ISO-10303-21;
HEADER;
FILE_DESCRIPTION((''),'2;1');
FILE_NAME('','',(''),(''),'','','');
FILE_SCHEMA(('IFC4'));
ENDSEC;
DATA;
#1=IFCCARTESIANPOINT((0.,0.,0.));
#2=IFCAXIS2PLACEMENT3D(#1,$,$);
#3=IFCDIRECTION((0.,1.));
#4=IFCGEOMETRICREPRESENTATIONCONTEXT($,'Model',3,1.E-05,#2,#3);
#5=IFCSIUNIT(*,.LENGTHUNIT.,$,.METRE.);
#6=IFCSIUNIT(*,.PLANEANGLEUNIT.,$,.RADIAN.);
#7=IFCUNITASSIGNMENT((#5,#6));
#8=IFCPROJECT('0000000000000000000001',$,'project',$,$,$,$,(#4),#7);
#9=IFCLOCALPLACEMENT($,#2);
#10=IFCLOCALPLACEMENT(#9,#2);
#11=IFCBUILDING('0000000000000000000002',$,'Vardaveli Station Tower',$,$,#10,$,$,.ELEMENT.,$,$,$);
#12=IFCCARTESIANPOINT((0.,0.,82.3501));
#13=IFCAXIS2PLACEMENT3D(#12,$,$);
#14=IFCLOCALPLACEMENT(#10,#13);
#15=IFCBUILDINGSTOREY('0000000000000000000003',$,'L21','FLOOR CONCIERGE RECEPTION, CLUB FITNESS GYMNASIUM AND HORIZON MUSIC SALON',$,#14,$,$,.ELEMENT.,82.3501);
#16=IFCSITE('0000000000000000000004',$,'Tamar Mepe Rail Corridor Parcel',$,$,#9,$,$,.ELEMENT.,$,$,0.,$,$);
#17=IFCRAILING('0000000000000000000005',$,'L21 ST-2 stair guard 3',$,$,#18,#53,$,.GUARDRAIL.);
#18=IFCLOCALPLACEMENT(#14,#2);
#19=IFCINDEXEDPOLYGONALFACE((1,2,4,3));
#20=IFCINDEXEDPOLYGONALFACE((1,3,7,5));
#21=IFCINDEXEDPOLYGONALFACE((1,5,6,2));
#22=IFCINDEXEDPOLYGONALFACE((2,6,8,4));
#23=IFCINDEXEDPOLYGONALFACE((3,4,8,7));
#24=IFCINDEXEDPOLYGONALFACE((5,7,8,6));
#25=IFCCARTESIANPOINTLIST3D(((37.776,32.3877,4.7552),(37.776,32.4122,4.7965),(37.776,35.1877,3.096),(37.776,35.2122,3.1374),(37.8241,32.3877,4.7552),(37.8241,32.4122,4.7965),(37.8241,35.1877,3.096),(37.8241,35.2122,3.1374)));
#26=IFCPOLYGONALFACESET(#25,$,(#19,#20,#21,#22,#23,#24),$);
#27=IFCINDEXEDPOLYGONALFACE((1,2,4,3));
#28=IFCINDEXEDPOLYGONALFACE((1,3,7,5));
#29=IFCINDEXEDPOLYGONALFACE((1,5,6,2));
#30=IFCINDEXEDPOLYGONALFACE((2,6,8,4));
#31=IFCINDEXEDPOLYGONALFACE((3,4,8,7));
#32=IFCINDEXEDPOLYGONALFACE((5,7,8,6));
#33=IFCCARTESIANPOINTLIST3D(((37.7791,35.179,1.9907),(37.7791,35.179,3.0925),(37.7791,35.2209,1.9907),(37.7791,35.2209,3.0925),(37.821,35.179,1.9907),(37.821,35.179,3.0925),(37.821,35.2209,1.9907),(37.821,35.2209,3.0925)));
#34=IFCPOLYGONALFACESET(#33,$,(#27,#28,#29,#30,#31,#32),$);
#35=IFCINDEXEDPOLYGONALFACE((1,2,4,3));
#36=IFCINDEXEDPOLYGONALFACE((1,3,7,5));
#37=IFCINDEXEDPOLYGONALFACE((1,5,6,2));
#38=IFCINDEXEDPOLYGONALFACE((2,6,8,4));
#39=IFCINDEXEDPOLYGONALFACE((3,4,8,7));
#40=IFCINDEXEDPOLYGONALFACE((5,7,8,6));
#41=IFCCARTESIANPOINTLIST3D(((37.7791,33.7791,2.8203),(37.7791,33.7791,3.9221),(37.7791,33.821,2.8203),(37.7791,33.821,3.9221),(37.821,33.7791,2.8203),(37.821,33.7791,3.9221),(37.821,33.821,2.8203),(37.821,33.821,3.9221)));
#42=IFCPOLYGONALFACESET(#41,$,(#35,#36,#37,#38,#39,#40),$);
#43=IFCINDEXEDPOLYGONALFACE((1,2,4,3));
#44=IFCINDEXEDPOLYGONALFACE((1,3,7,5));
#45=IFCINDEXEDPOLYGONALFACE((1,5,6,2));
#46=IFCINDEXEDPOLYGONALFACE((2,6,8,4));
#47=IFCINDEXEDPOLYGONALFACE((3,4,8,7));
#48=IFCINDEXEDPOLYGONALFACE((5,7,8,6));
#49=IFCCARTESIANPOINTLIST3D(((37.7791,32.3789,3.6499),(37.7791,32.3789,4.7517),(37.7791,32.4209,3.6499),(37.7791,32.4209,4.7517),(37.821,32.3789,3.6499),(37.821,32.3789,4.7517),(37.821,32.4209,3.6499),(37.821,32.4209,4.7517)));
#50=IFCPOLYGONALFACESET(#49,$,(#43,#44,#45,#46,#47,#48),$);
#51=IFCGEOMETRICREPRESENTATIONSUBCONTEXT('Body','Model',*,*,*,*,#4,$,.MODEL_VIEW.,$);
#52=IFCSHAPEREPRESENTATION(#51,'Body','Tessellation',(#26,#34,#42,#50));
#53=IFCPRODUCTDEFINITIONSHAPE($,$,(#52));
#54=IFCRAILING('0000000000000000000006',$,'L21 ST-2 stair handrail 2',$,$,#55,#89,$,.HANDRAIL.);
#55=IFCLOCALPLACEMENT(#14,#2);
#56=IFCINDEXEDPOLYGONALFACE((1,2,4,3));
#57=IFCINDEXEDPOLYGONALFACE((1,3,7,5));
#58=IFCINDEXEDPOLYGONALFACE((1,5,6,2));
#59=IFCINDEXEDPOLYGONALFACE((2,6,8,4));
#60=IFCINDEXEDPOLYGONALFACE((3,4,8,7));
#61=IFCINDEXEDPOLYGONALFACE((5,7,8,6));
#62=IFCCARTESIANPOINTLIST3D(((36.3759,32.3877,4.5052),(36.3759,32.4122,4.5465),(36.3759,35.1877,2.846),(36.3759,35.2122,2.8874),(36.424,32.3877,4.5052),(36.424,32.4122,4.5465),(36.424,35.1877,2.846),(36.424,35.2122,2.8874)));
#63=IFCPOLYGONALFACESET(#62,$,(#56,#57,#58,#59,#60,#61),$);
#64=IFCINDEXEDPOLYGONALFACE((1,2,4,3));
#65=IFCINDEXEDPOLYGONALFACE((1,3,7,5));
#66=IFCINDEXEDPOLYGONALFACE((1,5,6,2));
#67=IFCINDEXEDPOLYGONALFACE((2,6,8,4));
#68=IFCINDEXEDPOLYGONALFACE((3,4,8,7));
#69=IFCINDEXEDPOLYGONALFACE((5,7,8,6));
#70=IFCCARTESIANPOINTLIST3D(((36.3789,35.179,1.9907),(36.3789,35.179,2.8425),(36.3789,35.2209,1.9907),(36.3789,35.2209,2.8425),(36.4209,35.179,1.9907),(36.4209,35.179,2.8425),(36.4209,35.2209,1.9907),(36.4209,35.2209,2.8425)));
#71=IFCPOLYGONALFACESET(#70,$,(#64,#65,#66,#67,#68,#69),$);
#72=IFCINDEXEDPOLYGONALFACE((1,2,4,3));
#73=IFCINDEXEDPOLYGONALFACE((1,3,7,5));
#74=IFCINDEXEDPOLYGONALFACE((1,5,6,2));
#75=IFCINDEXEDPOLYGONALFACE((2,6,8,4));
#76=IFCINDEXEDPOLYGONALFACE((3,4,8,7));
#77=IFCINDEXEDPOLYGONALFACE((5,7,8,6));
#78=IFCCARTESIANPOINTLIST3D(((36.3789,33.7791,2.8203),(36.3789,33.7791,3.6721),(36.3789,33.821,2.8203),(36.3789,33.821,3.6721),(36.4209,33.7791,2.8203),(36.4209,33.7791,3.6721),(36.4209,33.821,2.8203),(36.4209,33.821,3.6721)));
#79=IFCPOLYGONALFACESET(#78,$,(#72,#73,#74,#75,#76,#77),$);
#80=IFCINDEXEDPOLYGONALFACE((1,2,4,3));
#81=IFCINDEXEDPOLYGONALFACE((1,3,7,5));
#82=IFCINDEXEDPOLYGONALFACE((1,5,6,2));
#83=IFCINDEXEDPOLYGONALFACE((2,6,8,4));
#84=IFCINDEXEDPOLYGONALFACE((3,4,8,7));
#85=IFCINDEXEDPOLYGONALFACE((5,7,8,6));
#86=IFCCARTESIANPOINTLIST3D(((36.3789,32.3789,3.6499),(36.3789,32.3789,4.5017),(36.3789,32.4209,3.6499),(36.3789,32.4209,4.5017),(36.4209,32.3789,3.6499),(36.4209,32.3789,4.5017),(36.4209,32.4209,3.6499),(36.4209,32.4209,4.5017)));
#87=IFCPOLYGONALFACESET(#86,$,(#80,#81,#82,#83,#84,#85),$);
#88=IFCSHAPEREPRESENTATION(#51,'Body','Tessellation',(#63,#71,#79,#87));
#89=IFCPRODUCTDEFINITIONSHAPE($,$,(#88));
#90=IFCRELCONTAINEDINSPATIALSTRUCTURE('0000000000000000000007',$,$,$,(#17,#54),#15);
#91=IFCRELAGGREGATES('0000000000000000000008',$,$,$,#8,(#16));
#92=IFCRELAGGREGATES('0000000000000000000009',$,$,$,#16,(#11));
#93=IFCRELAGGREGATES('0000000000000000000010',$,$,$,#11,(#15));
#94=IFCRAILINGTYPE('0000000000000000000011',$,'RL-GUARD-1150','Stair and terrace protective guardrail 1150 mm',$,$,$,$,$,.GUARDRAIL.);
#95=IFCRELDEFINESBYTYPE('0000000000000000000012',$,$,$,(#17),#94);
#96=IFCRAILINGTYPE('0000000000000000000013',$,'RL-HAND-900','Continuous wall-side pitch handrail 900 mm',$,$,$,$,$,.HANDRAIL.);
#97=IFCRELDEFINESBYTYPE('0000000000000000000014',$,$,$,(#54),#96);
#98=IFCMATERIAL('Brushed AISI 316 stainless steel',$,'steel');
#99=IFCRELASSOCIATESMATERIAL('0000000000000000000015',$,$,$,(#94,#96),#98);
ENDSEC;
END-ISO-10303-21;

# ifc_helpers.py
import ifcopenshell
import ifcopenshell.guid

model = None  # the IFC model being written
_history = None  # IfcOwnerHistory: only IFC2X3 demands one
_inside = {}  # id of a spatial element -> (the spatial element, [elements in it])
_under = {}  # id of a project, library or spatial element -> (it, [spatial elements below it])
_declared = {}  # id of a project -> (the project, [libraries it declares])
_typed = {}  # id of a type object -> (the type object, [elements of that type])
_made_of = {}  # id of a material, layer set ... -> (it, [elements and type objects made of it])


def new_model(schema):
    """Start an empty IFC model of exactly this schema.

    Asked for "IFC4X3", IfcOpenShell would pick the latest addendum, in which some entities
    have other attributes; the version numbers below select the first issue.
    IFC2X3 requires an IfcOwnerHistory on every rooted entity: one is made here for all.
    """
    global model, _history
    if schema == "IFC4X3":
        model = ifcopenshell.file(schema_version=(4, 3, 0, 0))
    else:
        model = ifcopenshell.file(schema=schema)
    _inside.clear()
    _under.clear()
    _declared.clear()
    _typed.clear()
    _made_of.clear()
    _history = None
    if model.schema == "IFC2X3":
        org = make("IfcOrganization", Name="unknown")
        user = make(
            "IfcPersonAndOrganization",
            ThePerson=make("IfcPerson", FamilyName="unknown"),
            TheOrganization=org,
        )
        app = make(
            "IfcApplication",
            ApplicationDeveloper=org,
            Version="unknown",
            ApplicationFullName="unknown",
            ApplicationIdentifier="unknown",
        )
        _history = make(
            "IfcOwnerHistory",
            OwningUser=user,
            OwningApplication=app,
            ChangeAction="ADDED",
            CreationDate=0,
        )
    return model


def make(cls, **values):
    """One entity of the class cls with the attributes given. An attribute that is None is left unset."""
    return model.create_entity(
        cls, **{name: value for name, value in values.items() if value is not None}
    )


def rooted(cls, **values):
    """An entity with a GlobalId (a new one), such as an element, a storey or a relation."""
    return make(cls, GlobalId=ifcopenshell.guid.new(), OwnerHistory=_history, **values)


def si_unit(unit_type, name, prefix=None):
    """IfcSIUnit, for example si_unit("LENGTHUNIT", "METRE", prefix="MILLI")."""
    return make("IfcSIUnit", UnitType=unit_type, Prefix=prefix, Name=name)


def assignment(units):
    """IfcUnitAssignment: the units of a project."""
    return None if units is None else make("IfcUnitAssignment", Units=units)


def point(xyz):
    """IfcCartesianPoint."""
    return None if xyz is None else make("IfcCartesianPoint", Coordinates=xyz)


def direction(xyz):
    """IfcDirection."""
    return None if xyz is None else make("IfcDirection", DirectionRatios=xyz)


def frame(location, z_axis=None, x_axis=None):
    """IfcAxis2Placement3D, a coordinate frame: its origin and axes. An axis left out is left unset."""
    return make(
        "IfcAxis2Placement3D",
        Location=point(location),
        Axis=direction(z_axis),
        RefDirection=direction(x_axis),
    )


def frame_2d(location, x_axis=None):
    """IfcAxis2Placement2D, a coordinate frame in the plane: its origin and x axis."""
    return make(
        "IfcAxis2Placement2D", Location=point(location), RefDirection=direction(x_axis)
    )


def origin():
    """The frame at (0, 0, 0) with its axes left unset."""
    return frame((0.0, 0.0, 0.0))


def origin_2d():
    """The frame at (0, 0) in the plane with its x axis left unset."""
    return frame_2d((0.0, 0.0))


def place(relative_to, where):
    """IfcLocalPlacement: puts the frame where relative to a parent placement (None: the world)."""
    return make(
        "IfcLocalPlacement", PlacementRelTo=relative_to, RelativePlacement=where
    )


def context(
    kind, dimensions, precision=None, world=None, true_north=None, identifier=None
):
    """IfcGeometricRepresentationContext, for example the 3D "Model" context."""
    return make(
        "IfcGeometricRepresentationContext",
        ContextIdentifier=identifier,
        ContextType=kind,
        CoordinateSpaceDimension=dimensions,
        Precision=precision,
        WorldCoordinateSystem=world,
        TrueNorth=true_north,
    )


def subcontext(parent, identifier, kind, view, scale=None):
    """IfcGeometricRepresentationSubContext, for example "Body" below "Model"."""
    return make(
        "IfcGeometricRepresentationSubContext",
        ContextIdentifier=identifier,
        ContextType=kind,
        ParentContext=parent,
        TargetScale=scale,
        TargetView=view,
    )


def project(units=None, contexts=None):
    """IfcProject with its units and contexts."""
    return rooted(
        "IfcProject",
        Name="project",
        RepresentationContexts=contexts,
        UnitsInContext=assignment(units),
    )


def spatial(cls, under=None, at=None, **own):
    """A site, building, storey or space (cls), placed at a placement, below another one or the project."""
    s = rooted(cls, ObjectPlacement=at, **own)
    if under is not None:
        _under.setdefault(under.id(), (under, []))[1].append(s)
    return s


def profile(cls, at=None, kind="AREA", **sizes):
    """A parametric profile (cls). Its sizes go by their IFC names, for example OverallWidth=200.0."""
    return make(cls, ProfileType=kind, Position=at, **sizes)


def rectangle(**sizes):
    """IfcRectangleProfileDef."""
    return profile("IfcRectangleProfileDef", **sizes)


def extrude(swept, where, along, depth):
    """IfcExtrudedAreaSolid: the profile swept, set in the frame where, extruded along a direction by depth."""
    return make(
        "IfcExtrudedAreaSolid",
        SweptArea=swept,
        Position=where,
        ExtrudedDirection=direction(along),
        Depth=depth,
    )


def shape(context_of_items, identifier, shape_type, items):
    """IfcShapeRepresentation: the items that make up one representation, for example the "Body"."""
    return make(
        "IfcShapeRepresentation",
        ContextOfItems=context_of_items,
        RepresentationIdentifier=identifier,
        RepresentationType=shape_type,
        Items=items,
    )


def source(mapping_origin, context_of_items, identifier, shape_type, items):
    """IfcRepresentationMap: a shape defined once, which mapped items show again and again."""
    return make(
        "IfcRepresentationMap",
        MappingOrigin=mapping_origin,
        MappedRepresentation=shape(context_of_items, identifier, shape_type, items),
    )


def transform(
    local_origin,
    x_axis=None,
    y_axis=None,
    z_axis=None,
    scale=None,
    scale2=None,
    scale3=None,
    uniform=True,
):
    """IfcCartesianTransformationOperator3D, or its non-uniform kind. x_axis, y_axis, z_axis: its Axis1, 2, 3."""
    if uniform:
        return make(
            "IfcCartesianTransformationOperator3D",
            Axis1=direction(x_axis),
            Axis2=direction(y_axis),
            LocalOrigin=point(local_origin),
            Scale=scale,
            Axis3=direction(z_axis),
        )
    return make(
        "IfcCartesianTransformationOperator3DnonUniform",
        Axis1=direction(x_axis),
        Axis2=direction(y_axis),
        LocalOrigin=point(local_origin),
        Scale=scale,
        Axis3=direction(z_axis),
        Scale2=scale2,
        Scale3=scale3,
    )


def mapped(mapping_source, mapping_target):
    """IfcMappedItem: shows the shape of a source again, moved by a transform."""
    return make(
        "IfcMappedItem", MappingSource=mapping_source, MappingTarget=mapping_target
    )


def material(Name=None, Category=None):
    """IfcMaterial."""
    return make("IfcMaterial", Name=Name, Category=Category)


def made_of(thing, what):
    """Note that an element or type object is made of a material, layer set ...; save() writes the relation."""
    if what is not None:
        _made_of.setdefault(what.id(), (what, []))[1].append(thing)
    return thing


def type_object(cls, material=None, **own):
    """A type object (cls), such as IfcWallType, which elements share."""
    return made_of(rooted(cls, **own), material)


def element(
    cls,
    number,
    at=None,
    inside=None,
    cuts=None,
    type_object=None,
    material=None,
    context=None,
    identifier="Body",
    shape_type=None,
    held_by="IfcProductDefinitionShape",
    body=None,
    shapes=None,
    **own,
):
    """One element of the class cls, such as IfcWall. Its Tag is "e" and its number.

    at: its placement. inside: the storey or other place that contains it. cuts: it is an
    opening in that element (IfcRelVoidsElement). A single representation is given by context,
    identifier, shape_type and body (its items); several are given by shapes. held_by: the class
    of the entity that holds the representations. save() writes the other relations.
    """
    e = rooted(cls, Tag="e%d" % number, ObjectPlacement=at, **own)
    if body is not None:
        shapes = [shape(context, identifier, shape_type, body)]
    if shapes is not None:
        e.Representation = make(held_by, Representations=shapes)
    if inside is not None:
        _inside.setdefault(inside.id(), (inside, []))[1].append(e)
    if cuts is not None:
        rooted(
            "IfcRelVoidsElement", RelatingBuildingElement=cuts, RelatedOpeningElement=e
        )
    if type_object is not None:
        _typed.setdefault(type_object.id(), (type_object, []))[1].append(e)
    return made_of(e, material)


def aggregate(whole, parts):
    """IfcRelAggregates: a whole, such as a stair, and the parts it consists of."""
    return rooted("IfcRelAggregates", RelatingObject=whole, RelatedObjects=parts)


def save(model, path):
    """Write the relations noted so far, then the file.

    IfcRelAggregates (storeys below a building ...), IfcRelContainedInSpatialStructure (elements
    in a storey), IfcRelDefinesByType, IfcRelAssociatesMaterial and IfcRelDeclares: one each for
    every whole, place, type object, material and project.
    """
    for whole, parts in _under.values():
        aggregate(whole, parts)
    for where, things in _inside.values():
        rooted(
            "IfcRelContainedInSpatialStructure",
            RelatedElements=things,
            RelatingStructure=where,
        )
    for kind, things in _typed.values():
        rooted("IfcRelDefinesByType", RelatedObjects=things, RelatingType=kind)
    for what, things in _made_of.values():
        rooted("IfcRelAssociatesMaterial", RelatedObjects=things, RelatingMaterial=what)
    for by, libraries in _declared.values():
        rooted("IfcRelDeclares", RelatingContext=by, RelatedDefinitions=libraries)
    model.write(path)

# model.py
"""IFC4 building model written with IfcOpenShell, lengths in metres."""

from ifc_helpers import new_model, si_unit, direction, frame, origin, origin_2d, place, context, subcontext, project, spatial, rectangle, extrude, source, transform, mapped, material, type_object, element, save


model = new_model("IFC4")

# Units and contexts
model_context = context("Model", 3, precision=1e-05, world=origin(), true_north=direction((0.0, 1.0)))
body_context = subcontext(model_context, "Body", "Model", "MODEL_VIEW")
ifc_project = project(units=[si_unit("LENGTHUNIT", "METRE"), si_unit("PLANEANGLEUNIT", "RADIAN")], contexts=[model_context])

# Site, building, storey
site_placement = place(None, origin())
site = spatial("IfcSite", under=ifc_project, at=site_placement, Name="Tamar Mepe Rail Corridor Parcel", CompositionType="ELEMENT", RefElevation=0.0)
building_placement = place(site_placement, origin())
building = spatial("IfcBuilding", under=site, at=building_placement, Name="Vardaveli Station Tower", CompositionType="ELEMENT")
storey_placement = place(building_placement, frame((0.0, 0.0, 82.3501)))
storey = spatial("IfcBuildingStorey", under=building, at=storey_placement, Name="L21", Description="FLOOR CONCIERGE RECEPTION, CLUB FITNESS GYMNASIUM AND HORIZON MUSIC SALON", CompositionType="ELEMENT", Elevation=82.3501)

# Railings
ifc_material_1 = material(Name="Brushed AISI 316 stainless steel", Category="steel")
railing_type_1 = type_object("IfcRailingType", Name="RL-GUARD-1150", Description="Stair and terrace protective guardrail 1150 mm", PredefinedType="GUARDRAIL", material=ifc_material_1)
shared_shape_1 = source(origin(), body_context, "Body", "SweptSolid", [
    extrude(rectangle(XDim=0.0481, YDim=0.0481, at=origin_2d()), frame((0.0, 0.0, 1.126), z_axis=(0.0, -0.860306, 0.509778), x_axis=(1.0, 0.0, 0.0)), (0.0, 0.0, 1.0), 3.2546),
    extrude(rectangle(XDim=0.042, YDim=0.042, at=origin_2d()), origin(), (0.0, 0.0, 1.0), 1.1018),
    extrude(rectangle(XDim=0.042, YDim=0.042, at=origin_2d()), frame((0.0, -1.3999, 0.8296)), (0.0, 0.0, 1.0), 1.1018),
    extrude(rectangle(XDim=0.042, YDim=0.042, at=origin_2d()), frame((0.0, -2.8, 1.6592)), (0.0, 0.0, 1.0), 1.1018),
])
for number, where, name in (
    (1, (37.8, 35.2, 1.9907), "L21 ST-2 stair guard 3"),
):
    element("IfcRailing", number, at=place(storey_placement, frame(where)), inside=storey, type_object=railing_type_1, Name=name, PredefinedType="GUARDRAIL", context=body_context, shape_type="MappedRepresentation", body=[
        mapped(shared_shape_1, transform((0.0, 0.0, 0.0), scale=1.0)),
    ])
railing_type_2 = type_object("IfcRailingType", Name="RL-HAND-900", Description="Continuous wall-side pitch handrail 900 mm", PredefinedType="HANDRAIL", material=ifc_material_1)
shared_shape_2 = source(origin(), body_context, "Body", "SweptSolid", [
    extrude(rectangle(XDim=0.0481, YDim=0.0481, at=origin_2d()), frame((0.0, 0.0, 0.876), z_axis=(0.0, -0.860306, 0.509778), x_axis=(1.0, 0.0, 0.0)), (0.0, 0.0, 1.0), 3.2546),
    extrude(rectangle(XDim=0.042, YDim=0.042, at=origin_2d()), origin(), (0.0, 0.0, 1.0), 0.8518),
    extrude(rectangle(XDim=0.042, YDim=0.042, at=origin_2d()), frame((0.0, -1.3999, 0.8296)), (0.0, 0.0, 1.0), 0.8518),
    extrude(rectangle(XDim=0.042, YDim=0.042, at=origin_2d()), frame((0.0, -2.8, 1.6592)), (0.0, 0.0, 1.0), 0.8518),
])
railing_placement = place(storey_placement, frame((36.3999, 35.2, 1.9907)))
element("IfcRailing", 2, at=railing_placement, inside=storey, type_object=railing_type_2, Name="L21 ST-2 stair handrail 2", PredefinedType="HANDRAIL", context=body_context, shape_type="MappedRepresentation", body=[
    mapped(shared_shape_2, transform((0.0, 0.0, 0.0), scale=1.0)),
])

save(model, "model.ifc")
